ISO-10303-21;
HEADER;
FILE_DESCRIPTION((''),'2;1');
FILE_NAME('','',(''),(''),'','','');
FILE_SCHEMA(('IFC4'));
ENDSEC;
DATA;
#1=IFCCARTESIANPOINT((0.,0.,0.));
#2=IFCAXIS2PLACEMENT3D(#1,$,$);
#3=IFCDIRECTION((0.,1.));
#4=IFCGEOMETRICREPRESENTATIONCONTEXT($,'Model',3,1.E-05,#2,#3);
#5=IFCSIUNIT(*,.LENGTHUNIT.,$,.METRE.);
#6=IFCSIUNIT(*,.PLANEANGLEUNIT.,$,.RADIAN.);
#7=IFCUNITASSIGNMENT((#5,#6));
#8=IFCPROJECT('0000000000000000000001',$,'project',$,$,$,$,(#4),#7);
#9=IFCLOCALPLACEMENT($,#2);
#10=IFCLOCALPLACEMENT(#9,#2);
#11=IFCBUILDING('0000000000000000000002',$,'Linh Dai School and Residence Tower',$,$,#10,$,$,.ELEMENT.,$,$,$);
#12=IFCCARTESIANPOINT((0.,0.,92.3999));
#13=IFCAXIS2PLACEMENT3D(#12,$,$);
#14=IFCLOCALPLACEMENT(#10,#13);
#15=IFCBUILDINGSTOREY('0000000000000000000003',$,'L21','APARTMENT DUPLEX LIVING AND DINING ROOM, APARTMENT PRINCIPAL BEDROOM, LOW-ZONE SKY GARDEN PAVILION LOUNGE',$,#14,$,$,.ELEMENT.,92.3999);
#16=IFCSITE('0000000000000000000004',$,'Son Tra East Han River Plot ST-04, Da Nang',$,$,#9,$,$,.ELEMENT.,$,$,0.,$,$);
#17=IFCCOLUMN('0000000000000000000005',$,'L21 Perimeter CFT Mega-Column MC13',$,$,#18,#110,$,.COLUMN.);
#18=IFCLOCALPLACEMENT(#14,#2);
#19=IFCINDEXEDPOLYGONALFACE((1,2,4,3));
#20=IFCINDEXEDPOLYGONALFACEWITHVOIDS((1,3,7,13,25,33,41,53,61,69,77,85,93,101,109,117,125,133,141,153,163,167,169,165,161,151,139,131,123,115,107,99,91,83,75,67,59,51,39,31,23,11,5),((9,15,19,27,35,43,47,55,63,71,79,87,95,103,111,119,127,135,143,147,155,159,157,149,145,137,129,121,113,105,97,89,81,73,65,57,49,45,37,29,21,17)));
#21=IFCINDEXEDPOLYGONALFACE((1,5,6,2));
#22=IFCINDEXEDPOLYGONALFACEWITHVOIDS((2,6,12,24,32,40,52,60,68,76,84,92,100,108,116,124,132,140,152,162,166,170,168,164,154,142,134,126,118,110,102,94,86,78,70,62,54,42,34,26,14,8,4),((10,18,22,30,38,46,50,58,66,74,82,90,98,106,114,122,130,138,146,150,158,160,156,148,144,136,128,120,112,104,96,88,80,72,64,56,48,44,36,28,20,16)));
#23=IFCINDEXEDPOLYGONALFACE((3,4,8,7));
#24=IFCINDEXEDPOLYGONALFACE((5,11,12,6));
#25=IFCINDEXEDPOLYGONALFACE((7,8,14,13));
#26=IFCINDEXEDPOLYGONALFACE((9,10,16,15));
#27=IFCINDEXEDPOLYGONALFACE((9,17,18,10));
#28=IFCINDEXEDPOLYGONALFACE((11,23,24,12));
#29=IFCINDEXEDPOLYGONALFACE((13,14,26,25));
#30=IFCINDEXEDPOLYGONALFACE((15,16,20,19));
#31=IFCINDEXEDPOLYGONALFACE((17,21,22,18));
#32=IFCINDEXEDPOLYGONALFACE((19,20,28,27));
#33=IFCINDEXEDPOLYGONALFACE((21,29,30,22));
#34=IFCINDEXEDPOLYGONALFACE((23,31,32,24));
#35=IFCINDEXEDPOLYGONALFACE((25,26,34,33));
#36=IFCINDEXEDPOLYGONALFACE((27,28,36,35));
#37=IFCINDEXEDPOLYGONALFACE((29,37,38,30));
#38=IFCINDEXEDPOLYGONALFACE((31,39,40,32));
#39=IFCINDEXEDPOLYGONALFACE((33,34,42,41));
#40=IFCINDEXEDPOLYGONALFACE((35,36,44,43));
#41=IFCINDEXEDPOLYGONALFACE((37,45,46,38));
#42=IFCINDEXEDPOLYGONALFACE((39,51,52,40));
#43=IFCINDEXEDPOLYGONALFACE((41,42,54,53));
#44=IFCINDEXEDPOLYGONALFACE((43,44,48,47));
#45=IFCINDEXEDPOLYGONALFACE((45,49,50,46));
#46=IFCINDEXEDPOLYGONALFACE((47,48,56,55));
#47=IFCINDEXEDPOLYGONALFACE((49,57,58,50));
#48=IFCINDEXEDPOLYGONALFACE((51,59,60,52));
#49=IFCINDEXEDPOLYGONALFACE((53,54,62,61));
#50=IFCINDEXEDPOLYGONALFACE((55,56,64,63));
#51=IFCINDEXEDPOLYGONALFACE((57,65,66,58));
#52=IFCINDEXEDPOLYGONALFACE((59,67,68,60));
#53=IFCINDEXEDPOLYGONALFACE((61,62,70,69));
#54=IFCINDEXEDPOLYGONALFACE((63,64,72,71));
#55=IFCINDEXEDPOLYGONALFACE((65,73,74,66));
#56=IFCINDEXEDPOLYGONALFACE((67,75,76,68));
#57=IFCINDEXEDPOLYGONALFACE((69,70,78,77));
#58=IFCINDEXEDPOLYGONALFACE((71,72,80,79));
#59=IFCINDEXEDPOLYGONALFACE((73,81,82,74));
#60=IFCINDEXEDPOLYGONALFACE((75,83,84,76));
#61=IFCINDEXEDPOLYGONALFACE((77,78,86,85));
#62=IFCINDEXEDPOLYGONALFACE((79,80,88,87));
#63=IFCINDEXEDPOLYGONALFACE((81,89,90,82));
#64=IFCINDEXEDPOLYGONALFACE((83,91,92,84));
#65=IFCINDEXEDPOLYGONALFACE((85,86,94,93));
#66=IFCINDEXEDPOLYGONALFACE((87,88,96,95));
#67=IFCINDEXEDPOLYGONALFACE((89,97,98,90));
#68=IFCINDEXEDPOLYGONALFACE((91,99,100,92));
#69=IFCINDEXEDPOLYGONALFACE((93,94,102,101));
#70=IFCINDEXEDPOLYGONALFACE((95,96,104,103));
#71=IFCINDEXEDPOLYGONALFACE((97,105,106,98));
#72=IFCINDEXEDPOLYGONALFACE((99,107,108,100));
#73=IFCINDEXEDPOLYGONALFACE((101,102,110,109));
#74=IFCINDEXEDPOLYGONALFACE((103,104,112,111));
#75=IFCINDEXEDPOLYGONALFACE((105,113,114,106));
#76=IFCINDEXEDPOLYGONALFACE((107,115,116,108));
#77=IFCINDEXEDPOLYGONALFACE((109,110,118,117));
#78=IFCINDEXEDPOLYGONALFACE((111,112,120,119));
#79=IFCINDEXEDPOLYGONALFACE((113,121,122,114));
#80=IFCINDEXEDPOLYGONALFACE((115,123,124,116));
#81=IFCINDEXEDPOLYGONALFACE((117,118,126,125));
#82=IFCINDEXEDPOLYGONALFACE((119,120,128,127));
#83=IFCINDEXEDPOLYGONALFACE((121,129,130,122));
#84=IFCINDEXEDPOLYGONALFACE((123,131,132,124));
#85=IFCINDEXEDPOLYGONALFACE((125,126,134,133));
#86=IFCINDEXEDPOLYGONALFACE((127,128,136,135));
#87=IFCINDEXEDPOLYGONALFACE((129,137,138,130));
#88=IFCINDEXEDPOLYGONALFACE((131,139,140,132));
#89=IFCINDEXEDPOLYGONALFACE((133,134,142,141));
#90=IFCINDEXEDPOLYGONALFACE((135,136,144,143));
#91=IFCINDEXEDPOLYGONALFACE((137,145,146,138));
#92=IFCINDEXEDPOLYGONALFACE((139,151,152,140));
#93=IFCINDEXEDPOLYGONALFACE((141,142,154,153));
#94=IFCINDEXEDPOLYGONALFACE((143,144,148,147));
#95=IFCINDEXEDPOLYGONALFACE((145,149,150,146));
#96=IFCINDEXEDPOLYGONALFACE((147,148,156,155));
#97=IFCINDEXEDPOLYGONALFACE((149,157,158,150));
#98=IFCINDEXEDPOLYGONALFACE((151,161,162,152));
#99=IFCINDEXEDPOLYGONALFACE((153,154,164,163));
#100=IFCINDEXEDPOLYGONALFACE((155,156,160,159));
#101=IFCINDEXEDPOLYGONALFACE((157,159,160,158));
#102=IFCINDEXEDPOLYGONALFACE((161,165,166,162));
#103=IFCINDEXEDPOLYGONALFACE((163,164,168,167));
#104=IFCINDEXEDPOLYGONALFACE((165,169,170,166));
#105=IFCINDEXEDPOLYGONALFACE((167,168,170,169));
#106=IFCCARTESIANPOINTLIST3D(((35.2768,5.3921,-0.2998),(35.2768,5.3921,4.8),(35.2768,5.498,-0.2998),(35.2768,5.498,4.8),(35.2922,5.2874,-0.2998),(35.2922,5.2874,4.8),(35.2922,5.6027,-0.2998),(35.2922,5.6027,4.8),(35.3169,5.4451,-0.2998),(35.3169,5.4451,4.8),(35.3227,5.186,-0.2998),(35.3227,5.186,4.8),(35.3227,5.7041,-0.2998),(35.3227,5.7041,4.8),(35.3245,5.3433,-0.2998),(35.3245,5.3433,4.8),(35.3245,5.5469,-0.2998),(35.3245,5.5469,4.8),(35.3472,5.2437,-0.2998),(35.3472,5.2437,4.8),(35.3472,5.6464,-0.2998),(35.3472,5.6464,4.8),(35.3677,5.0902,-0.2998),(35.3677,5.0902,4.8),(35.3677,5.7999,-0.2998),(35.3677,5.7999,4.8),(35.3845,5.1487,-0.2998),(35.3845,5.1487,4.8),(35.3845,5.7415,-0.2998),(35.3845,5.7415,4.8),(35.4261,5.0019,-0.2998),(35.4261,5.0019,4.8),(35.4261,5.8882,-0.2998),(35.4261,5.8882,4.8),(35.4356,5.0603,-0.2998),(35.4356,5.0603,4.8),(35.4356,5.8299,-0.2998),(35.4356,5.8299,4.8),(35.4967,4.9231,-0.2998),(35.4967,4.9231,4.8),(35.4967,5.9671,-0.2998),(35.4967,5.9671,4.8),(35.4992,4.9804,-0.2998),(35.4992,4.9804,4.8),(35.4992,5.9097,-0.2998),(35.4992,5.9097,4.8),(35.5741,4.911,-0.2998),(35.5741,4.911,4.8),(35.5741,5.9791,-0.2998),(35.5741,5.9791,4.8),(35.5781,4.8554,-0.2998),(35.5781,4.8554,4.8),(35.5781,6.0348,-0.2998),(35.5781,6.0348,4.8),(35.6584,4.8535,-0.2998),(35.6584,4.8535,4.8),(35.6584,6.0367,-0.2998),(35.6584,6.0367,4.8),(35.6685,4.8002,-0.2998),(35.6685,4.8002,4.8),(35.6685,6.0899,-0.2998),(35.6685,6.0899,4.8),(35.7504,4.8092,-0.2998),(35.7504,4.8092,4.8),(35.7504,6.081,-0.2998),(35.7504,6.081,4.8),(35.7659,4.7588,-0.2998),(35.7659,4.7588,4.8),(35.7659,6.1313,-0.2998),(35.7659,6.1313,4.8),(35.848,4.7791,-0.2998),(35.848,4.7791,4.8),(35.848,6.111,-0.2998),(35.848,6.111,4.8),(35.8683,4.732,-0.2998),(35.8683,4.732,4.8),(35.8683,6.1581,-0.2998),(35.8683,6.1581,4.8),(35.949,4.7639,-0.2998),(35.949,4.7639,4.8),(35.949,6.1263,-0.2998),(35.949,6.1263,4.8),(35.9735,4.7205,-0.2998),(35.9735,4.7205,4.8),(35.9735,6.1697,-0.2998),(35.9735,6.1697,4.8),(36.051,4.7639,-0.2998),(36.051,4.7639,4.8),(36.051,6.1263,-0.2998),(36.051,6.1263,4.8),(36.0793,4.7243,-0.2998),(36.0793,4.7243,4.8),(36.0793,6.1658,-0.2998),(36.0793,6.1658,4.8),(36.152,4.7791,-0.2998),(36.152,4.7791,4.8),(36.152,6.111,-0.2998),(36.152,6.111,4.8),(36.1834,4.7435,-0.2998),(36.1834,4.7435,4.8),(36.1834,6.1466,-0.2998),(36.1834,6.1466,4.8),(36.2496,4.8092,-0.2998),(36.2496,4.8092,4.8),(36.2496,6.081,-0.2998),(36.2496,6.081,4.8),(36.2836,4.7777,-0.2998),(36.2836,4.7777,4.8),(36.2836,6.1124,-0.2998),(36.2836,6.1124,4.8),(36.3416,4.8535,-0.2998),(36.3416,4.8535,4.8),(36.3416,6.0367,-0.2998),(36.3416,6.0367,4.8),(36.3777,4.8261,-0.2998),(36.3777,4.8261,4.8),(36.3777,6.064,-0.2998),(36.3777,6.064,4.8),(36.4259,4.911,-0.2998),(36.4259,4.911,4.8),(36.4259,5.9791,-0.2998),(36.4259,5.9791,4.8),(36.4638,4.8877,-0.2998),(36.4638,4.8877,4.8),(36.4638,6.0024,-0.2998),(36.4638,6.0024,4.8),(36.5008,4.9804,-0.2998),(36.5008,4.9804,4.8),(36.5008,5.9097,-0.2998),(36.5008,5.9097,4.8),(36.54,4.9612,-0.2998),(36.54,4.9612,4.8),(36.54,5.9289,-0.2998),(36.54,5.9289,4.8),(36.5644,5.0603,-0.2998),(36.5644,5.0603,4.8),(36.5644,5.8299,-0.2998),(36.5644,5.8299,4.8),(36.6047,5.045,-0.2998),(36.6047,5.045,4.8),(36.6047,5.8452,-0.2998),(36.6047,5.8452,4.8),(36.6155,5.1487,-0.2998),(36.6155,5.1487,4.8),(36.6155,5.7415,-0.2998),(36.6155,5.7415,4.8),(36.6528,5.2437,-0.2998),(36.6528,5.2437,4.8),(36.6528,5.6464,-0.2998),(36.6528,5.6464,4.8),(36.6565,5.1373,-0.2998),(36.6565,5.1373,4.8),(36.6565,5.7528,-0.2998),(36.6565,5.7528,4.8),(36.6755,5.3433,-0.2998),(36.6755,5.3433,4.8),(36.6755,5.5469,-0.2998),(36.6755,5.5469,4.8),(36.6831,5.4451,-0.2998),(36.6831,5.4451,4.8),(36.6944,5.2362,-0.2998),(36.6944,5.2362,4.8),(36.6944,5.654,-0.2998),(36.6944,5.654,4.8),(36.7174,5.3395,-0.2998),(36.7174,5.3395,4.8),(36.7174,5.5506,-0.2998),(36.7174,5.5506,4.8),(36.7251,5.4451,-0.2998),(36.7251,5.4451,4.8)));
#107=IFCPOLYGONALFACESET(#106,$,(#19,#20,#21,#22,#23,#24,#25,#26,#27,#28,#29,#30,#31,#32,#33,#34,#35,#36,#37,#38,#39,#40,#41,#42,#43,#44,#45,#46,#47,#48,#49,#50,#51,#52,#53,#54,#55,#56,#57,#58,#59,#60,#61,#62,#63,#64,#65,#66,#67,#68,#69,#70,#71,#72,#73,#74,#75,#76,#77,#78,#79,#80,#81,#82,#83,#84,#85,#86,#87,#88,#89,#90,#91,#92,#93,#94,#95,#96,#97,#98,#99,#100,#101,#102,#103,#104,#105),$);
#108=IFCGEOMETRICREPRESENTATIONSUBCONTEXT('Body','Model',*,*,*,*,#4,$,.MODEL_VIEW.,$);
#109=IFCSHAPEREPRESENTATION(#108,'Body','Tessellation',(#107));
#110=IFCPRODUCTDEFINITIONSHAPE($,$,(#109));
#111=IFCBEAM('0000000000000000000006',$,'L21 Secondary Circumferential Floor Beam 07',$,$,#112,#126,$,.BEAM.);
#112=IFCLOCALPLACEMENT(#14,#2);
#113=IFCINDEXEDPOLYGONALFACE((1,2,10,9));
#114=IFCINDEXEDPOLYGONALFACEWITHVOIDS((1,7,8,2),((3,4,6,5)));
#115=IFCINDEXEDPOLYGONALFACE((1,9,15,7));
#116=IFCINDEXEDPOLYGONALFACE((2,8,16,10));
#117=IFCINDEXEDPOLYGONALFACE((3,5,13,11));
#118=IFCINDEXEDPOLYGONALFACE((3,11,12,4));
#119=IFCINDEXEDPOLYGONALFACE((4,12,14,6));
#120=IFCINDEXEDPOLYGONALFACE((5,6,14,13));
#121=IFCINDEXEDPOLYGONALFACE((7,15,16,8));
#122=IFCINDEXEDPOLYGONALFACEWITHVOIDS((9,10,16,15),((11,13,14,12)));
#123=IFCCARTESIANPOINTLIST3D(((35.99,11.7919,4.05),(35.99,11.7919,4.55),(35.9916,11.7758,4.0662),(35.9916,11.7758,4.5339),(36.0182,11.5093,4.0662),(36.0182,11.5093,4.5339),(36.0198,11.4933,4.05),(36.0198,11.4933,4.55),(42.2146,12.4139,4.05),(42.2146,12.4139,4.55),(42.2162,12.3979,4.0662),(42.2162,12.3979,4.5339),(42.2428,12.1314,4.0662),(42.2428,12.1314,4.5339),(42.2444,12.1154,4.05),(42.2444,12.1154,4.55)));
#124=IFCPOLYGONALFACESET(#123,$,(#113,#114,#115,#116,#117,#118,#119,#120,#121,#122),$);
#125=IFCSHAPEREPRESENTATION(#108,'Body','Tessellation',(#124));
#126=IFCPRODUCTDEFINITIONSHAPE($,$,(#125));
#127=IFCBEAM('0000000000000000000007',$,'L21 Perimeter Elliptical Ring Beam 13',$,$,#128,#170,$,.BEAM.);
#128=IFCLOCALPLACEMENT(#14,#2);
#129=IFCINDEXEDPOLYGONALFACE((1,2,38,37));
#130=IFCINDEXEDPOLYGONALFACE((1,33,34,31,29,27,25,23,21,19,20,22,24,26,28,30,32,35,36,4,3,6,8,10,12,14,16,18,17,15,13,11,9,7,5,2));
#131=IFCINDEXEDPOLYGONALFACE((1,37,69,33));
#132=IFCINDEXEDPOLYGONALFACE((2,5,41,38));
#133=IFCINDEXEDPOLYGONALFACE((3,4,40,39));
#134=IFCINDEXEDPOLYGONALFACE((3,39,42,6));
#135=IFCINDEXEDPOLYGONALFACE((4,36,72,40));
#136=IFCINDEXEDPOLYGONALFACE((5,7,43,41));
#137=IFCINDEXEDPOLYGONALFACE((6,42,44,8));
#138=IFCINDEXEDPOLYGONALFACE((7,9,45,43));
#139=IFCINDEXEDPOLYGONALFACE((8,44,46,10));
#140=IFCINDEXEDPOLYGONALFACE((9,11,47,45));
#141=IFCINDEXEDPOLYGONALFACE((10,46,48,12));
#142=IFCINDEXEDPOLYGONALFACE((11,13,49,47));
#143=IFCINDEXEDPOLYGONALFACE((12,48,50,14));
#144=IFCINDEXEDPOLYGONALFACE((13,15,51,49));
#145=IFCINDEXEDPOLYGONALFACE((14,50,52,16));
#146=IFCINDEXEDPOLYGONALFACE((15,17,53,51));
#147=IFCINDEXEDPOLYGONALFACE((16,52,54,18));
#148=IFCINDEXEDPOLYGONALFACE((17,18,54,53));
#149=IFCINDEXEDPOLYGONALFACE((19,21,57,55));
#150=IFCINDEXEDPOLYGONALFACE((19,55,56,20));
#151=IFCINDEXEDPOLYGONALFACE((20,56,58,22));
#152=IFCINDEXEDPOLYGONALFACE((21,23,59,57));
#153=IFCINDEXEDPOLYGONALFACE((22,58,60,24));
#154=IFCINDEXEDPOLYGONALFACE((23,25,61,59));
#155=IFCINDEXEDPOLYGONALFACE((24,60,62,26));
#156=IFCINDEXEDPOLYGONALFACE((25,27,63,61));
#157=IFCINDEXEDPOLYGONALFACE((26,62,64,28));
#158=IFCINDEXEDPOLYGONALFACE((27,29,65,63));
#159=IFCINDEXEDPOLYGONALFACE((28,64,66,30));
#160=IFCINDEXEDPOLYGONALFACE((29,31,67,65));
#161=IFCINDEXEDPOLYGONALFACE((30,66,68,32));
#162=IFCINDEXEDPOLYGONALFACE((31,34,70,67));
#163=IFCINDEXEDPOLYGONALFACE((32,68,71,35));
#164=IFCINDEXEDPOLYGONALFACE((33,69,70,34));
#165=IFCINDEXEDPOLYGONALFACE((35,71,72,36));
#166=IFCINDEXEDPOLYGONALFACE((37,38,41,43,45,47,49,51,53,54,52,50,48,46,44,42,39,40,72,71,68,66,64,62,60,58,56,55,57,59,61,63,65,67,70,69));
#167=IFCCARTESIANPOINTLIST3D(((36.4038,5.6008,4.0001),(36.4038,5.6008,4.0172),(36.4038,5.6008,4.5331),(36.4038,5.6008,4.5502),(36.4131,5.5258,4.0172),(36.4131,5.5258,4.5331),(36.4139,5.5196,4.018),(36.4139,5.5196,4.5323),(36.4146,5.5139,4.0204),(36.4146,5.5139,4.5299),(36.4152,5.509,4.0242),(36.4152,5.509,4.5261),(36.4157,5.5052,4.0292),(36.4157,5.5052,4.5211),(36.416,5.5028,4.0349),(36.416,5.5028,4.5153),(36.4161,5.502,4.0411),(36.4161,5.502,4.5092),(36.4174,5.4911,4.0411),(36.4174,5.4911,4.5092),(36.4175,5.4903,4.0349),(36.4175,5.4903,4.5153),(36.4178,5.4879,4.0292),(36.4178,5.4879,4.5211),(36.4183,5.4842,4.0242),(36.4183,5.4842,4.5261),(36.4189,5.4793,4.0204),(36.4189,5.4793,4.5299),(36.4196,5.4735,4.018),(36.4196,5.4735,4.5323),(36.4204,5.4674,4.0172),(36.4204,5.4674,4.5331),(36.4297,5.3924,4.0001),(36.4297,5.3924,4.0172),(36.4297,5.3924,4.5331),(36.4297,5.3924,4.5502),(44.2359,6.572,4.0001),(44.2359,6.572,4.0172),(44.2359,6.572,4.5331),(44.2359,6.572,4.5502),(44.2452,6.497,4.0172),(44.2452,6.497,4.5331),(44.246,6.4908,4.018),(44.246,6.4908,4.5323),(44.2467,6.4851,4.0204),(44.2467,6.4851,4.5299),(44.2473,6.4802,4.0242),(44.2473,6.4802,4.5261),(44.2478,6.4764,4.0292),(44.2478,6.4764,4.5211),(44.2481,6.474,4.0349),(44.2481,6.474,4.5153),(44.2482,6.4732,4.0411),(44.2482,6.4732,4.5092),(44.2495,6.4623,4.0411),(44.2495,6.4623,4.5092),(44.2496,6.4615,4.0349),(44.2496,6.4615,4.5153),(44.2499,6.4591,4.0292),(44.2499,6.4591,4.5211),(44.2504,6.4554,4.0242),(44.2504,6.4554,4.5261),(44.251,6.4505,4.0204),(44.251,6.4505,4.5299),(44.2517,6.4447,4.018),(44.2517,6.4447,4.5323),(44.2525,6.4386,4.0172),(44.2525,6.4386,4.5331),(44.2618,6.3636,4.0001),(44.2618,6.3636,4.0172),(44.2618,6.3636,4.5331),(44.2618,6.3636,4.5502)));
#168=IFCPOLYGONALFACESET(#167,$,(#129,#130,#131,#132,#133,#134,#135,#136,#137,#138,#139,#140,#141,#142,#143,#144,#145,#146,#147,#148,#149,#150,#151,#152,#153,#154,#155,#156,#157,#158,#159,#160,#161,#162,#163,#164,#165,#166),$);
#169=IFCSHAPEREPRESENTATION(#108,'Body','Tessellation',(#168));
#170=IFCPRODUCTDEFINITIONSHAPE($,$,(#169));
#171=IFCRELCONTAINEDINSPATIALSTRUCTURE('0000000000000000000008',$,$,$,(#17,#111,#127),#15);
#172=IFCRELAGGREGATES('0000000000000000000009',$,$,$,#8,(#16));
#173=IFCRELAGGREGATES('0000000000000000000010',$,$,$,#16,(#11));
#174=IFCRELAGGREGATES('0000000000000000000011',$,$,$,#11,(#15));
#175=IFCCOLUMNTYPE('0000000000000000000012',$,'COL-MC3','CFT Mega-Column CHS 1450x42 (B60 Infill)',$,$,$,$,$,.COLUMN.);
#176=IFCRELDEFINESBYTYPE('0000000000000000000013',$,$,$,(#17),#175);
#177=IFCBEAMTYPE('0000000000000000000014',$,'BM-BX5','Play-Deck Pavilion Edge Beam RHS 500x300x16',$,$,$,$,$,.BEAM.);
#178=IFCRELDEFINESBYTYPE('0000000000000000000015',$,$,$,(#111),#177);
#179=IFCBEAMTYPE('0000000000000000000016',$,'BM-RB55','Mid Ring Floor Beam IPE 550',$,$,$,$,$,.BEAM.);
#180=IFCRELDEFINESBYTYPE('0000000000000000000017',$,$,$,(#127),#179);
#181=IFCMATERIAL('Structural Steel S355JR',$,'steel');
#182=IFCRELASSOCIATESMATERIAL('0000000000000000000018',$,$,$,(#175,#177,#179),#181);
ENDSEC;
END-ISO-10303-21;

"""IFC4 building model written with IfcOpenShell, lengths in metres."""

from ifc_helpers import new_model, si_unit, direction, frame, origin, origin_2d, place, context, subcontext, project, spatial, hollow_rectangle, hollow_circle, i_section, extrude, material, material_profile, profile_set, type_object, element, save


model = new_model("IFC4")

# Units and contexts
model_context = context("Model", 3, precision=1e-05, world=origin(), true_north=direction((0.0, 1.0)))
body_context = subcontext(model_context, "Body", "Model", "MODEL_VIEW")
ifc_project = project(units=[si_unit("LENGTHUNIT", "METRE"), si_unit("PLANEANGLEUNIT", "RADIAN")], contexts=[model_context])

# Site, building, storey
site_placement = place(None, origin())
site = spatial("IfcSite", under=ifc_project, at=site_placement, Name="Son Tra East Han River Plot ST-04, Da Nang", CompositionType="ELEMENT", RefElevation=0.0)
building_placement = place(site_placement, origin())
building = spatial("IfcBuilding", under=site, at=building_placement, Name="Linh Dai School and Residence Tower", CompositionType="ELEMENT")
storey_placement = place(building_placement, frame((0.0, 0.0, 92.3999)))
storey = spatial("IfcBuildingStorey", under=building, at=storey_placement, Name="L21", Description="APARTMENT DUPLEX LIVING AND DINING ROOM, APARTMENT PRINCIPAL BEDROOM, LOW-ZONE SKY GARDEN PAVILION LOUNGE", CompositionType="ELEMENT", Elevation=92.3999)

# Column
ifc_material_1 = material(Name="Structural Steel S355JR", Category="steel")
ifc_material_profile_1 = material_profile(ifc_material_1, hollow_circle(Radius=0.7251, WallThickness=0.042, at=origin_2d()), Name="CHS 1450x42")
ifc_profile_set_1 = profile_set([ifc_material_profile_1], Name="Structural Steel S355JR")
column_type = type_object("IfcColumnType", Name="COL-MC3", Description="CFT Mega-Column CHS 1450x42 (B60 Infill)", PredefinedType="COLUMN", material=ifc_profile_set_1)
column_placement = place(storey_placement, frame((36.0, 5.4451, -0.2998), z_axis=(0.0, 0.0, 1.0), x_axis=(1.0, 0.0, 0.0)))
element("IfcColumn", 1, at=column_placement, inside=storey, type_object=column_type, Name="L21 Perimeter CFT Mega-Column MC13", PredefinedType="COLUMN", context=body_context, shape_type="SweptSolid", body=[
    extrude(hollow_circle(Radius=0.7251, WallThickness=0.042, at=origin_2d()), origin(), (0.0, 0.0, 1.0), 5.0999),
])

# Beams
ifc_material_profile_2 = material_profile(ifc_material_1, hollow_rectangle(XDim=0.3, YDim=0.5, WallThickness=0.0161, at=origin_2d()), Name="RHS 500x300x16")
ifc_profile_set_2 = profile_set([ifc_material_profile_2], Name="Structural Steel S355JR")
beam_type_1 = type_object("IfcBeamType", Name="BM-BX5", Description="Play-Deck Pavilion Edge Beam RHS 500x300x16", PredefinedType="BEAM", material=ifc_profile_set_2)
beam_1_placement = place(storey_placement, frame((36.0049, 11.6426, 4.3), z_axis=(0.995043, 0.099442, 0.0), x_axis=(-0.099442, 0.995043, 0.0)))
element("IfcBeam", 2, at=beam_1_placement, inside=storey, type_object=beam_type_1, Name="L21 Secondary Circumferential Floor Beam 07", PredefinedType="BEAM", context=body_context, shape_type="SweptSolid", body=[
    extrude(hollow_rectangle(XDim=0.3, YDim=0.5, WallThickness=0.0161, at=origin_2d()), origin(), (0.0, 0.0, 1.0), 6.2556),
])
ifc_material_profile_3 = material_profile(ifc_material_1, i_section(OverallWidth=0.21, OverallDepth=0.55, WebThickness=0.011, FlangeThickness=0.0171, FilletRadius=0.0239, at=origin_2d()), Name="IPE 550")
ifc_profile_set_3 = profile_set([ifc_material_profile_3], Name="Structural Steel S355JR")
beam_type_2 = type_object("IfcBeamType", Name="BM-RB55", Description="Mid Ring Floor Beam IPE 550", PredefinedType="BEAM", material=ifc_profile_set_3)
beam_2_placement = place(storey_placement, frame((36.4167, 5.4966, 4.2751), z_axis=(0.992399, 0.12306, 0.0), x_axis=(-0.12306, 0.992399, 0.0)))
element("IfcBeam", 3, at=beam_2_placement, inside=storey, type_object=beam_type_2, Name="L21 Perimeter Elliptical Ring Beam 13", PredefinedType="BEAM", context=body_context, shape_type="SweptSolid", body=[
    extrude(i_section(OverallWidth=0.21, OverallDepth=0.55, WebThickness=0.011, FlangeThickness=0.0171, FilletRadius=0.0239, at=origin_2d()), origin(), (0.0, 0.0, 1.0), 7.8921),
])

save(model, "model.ifc")
